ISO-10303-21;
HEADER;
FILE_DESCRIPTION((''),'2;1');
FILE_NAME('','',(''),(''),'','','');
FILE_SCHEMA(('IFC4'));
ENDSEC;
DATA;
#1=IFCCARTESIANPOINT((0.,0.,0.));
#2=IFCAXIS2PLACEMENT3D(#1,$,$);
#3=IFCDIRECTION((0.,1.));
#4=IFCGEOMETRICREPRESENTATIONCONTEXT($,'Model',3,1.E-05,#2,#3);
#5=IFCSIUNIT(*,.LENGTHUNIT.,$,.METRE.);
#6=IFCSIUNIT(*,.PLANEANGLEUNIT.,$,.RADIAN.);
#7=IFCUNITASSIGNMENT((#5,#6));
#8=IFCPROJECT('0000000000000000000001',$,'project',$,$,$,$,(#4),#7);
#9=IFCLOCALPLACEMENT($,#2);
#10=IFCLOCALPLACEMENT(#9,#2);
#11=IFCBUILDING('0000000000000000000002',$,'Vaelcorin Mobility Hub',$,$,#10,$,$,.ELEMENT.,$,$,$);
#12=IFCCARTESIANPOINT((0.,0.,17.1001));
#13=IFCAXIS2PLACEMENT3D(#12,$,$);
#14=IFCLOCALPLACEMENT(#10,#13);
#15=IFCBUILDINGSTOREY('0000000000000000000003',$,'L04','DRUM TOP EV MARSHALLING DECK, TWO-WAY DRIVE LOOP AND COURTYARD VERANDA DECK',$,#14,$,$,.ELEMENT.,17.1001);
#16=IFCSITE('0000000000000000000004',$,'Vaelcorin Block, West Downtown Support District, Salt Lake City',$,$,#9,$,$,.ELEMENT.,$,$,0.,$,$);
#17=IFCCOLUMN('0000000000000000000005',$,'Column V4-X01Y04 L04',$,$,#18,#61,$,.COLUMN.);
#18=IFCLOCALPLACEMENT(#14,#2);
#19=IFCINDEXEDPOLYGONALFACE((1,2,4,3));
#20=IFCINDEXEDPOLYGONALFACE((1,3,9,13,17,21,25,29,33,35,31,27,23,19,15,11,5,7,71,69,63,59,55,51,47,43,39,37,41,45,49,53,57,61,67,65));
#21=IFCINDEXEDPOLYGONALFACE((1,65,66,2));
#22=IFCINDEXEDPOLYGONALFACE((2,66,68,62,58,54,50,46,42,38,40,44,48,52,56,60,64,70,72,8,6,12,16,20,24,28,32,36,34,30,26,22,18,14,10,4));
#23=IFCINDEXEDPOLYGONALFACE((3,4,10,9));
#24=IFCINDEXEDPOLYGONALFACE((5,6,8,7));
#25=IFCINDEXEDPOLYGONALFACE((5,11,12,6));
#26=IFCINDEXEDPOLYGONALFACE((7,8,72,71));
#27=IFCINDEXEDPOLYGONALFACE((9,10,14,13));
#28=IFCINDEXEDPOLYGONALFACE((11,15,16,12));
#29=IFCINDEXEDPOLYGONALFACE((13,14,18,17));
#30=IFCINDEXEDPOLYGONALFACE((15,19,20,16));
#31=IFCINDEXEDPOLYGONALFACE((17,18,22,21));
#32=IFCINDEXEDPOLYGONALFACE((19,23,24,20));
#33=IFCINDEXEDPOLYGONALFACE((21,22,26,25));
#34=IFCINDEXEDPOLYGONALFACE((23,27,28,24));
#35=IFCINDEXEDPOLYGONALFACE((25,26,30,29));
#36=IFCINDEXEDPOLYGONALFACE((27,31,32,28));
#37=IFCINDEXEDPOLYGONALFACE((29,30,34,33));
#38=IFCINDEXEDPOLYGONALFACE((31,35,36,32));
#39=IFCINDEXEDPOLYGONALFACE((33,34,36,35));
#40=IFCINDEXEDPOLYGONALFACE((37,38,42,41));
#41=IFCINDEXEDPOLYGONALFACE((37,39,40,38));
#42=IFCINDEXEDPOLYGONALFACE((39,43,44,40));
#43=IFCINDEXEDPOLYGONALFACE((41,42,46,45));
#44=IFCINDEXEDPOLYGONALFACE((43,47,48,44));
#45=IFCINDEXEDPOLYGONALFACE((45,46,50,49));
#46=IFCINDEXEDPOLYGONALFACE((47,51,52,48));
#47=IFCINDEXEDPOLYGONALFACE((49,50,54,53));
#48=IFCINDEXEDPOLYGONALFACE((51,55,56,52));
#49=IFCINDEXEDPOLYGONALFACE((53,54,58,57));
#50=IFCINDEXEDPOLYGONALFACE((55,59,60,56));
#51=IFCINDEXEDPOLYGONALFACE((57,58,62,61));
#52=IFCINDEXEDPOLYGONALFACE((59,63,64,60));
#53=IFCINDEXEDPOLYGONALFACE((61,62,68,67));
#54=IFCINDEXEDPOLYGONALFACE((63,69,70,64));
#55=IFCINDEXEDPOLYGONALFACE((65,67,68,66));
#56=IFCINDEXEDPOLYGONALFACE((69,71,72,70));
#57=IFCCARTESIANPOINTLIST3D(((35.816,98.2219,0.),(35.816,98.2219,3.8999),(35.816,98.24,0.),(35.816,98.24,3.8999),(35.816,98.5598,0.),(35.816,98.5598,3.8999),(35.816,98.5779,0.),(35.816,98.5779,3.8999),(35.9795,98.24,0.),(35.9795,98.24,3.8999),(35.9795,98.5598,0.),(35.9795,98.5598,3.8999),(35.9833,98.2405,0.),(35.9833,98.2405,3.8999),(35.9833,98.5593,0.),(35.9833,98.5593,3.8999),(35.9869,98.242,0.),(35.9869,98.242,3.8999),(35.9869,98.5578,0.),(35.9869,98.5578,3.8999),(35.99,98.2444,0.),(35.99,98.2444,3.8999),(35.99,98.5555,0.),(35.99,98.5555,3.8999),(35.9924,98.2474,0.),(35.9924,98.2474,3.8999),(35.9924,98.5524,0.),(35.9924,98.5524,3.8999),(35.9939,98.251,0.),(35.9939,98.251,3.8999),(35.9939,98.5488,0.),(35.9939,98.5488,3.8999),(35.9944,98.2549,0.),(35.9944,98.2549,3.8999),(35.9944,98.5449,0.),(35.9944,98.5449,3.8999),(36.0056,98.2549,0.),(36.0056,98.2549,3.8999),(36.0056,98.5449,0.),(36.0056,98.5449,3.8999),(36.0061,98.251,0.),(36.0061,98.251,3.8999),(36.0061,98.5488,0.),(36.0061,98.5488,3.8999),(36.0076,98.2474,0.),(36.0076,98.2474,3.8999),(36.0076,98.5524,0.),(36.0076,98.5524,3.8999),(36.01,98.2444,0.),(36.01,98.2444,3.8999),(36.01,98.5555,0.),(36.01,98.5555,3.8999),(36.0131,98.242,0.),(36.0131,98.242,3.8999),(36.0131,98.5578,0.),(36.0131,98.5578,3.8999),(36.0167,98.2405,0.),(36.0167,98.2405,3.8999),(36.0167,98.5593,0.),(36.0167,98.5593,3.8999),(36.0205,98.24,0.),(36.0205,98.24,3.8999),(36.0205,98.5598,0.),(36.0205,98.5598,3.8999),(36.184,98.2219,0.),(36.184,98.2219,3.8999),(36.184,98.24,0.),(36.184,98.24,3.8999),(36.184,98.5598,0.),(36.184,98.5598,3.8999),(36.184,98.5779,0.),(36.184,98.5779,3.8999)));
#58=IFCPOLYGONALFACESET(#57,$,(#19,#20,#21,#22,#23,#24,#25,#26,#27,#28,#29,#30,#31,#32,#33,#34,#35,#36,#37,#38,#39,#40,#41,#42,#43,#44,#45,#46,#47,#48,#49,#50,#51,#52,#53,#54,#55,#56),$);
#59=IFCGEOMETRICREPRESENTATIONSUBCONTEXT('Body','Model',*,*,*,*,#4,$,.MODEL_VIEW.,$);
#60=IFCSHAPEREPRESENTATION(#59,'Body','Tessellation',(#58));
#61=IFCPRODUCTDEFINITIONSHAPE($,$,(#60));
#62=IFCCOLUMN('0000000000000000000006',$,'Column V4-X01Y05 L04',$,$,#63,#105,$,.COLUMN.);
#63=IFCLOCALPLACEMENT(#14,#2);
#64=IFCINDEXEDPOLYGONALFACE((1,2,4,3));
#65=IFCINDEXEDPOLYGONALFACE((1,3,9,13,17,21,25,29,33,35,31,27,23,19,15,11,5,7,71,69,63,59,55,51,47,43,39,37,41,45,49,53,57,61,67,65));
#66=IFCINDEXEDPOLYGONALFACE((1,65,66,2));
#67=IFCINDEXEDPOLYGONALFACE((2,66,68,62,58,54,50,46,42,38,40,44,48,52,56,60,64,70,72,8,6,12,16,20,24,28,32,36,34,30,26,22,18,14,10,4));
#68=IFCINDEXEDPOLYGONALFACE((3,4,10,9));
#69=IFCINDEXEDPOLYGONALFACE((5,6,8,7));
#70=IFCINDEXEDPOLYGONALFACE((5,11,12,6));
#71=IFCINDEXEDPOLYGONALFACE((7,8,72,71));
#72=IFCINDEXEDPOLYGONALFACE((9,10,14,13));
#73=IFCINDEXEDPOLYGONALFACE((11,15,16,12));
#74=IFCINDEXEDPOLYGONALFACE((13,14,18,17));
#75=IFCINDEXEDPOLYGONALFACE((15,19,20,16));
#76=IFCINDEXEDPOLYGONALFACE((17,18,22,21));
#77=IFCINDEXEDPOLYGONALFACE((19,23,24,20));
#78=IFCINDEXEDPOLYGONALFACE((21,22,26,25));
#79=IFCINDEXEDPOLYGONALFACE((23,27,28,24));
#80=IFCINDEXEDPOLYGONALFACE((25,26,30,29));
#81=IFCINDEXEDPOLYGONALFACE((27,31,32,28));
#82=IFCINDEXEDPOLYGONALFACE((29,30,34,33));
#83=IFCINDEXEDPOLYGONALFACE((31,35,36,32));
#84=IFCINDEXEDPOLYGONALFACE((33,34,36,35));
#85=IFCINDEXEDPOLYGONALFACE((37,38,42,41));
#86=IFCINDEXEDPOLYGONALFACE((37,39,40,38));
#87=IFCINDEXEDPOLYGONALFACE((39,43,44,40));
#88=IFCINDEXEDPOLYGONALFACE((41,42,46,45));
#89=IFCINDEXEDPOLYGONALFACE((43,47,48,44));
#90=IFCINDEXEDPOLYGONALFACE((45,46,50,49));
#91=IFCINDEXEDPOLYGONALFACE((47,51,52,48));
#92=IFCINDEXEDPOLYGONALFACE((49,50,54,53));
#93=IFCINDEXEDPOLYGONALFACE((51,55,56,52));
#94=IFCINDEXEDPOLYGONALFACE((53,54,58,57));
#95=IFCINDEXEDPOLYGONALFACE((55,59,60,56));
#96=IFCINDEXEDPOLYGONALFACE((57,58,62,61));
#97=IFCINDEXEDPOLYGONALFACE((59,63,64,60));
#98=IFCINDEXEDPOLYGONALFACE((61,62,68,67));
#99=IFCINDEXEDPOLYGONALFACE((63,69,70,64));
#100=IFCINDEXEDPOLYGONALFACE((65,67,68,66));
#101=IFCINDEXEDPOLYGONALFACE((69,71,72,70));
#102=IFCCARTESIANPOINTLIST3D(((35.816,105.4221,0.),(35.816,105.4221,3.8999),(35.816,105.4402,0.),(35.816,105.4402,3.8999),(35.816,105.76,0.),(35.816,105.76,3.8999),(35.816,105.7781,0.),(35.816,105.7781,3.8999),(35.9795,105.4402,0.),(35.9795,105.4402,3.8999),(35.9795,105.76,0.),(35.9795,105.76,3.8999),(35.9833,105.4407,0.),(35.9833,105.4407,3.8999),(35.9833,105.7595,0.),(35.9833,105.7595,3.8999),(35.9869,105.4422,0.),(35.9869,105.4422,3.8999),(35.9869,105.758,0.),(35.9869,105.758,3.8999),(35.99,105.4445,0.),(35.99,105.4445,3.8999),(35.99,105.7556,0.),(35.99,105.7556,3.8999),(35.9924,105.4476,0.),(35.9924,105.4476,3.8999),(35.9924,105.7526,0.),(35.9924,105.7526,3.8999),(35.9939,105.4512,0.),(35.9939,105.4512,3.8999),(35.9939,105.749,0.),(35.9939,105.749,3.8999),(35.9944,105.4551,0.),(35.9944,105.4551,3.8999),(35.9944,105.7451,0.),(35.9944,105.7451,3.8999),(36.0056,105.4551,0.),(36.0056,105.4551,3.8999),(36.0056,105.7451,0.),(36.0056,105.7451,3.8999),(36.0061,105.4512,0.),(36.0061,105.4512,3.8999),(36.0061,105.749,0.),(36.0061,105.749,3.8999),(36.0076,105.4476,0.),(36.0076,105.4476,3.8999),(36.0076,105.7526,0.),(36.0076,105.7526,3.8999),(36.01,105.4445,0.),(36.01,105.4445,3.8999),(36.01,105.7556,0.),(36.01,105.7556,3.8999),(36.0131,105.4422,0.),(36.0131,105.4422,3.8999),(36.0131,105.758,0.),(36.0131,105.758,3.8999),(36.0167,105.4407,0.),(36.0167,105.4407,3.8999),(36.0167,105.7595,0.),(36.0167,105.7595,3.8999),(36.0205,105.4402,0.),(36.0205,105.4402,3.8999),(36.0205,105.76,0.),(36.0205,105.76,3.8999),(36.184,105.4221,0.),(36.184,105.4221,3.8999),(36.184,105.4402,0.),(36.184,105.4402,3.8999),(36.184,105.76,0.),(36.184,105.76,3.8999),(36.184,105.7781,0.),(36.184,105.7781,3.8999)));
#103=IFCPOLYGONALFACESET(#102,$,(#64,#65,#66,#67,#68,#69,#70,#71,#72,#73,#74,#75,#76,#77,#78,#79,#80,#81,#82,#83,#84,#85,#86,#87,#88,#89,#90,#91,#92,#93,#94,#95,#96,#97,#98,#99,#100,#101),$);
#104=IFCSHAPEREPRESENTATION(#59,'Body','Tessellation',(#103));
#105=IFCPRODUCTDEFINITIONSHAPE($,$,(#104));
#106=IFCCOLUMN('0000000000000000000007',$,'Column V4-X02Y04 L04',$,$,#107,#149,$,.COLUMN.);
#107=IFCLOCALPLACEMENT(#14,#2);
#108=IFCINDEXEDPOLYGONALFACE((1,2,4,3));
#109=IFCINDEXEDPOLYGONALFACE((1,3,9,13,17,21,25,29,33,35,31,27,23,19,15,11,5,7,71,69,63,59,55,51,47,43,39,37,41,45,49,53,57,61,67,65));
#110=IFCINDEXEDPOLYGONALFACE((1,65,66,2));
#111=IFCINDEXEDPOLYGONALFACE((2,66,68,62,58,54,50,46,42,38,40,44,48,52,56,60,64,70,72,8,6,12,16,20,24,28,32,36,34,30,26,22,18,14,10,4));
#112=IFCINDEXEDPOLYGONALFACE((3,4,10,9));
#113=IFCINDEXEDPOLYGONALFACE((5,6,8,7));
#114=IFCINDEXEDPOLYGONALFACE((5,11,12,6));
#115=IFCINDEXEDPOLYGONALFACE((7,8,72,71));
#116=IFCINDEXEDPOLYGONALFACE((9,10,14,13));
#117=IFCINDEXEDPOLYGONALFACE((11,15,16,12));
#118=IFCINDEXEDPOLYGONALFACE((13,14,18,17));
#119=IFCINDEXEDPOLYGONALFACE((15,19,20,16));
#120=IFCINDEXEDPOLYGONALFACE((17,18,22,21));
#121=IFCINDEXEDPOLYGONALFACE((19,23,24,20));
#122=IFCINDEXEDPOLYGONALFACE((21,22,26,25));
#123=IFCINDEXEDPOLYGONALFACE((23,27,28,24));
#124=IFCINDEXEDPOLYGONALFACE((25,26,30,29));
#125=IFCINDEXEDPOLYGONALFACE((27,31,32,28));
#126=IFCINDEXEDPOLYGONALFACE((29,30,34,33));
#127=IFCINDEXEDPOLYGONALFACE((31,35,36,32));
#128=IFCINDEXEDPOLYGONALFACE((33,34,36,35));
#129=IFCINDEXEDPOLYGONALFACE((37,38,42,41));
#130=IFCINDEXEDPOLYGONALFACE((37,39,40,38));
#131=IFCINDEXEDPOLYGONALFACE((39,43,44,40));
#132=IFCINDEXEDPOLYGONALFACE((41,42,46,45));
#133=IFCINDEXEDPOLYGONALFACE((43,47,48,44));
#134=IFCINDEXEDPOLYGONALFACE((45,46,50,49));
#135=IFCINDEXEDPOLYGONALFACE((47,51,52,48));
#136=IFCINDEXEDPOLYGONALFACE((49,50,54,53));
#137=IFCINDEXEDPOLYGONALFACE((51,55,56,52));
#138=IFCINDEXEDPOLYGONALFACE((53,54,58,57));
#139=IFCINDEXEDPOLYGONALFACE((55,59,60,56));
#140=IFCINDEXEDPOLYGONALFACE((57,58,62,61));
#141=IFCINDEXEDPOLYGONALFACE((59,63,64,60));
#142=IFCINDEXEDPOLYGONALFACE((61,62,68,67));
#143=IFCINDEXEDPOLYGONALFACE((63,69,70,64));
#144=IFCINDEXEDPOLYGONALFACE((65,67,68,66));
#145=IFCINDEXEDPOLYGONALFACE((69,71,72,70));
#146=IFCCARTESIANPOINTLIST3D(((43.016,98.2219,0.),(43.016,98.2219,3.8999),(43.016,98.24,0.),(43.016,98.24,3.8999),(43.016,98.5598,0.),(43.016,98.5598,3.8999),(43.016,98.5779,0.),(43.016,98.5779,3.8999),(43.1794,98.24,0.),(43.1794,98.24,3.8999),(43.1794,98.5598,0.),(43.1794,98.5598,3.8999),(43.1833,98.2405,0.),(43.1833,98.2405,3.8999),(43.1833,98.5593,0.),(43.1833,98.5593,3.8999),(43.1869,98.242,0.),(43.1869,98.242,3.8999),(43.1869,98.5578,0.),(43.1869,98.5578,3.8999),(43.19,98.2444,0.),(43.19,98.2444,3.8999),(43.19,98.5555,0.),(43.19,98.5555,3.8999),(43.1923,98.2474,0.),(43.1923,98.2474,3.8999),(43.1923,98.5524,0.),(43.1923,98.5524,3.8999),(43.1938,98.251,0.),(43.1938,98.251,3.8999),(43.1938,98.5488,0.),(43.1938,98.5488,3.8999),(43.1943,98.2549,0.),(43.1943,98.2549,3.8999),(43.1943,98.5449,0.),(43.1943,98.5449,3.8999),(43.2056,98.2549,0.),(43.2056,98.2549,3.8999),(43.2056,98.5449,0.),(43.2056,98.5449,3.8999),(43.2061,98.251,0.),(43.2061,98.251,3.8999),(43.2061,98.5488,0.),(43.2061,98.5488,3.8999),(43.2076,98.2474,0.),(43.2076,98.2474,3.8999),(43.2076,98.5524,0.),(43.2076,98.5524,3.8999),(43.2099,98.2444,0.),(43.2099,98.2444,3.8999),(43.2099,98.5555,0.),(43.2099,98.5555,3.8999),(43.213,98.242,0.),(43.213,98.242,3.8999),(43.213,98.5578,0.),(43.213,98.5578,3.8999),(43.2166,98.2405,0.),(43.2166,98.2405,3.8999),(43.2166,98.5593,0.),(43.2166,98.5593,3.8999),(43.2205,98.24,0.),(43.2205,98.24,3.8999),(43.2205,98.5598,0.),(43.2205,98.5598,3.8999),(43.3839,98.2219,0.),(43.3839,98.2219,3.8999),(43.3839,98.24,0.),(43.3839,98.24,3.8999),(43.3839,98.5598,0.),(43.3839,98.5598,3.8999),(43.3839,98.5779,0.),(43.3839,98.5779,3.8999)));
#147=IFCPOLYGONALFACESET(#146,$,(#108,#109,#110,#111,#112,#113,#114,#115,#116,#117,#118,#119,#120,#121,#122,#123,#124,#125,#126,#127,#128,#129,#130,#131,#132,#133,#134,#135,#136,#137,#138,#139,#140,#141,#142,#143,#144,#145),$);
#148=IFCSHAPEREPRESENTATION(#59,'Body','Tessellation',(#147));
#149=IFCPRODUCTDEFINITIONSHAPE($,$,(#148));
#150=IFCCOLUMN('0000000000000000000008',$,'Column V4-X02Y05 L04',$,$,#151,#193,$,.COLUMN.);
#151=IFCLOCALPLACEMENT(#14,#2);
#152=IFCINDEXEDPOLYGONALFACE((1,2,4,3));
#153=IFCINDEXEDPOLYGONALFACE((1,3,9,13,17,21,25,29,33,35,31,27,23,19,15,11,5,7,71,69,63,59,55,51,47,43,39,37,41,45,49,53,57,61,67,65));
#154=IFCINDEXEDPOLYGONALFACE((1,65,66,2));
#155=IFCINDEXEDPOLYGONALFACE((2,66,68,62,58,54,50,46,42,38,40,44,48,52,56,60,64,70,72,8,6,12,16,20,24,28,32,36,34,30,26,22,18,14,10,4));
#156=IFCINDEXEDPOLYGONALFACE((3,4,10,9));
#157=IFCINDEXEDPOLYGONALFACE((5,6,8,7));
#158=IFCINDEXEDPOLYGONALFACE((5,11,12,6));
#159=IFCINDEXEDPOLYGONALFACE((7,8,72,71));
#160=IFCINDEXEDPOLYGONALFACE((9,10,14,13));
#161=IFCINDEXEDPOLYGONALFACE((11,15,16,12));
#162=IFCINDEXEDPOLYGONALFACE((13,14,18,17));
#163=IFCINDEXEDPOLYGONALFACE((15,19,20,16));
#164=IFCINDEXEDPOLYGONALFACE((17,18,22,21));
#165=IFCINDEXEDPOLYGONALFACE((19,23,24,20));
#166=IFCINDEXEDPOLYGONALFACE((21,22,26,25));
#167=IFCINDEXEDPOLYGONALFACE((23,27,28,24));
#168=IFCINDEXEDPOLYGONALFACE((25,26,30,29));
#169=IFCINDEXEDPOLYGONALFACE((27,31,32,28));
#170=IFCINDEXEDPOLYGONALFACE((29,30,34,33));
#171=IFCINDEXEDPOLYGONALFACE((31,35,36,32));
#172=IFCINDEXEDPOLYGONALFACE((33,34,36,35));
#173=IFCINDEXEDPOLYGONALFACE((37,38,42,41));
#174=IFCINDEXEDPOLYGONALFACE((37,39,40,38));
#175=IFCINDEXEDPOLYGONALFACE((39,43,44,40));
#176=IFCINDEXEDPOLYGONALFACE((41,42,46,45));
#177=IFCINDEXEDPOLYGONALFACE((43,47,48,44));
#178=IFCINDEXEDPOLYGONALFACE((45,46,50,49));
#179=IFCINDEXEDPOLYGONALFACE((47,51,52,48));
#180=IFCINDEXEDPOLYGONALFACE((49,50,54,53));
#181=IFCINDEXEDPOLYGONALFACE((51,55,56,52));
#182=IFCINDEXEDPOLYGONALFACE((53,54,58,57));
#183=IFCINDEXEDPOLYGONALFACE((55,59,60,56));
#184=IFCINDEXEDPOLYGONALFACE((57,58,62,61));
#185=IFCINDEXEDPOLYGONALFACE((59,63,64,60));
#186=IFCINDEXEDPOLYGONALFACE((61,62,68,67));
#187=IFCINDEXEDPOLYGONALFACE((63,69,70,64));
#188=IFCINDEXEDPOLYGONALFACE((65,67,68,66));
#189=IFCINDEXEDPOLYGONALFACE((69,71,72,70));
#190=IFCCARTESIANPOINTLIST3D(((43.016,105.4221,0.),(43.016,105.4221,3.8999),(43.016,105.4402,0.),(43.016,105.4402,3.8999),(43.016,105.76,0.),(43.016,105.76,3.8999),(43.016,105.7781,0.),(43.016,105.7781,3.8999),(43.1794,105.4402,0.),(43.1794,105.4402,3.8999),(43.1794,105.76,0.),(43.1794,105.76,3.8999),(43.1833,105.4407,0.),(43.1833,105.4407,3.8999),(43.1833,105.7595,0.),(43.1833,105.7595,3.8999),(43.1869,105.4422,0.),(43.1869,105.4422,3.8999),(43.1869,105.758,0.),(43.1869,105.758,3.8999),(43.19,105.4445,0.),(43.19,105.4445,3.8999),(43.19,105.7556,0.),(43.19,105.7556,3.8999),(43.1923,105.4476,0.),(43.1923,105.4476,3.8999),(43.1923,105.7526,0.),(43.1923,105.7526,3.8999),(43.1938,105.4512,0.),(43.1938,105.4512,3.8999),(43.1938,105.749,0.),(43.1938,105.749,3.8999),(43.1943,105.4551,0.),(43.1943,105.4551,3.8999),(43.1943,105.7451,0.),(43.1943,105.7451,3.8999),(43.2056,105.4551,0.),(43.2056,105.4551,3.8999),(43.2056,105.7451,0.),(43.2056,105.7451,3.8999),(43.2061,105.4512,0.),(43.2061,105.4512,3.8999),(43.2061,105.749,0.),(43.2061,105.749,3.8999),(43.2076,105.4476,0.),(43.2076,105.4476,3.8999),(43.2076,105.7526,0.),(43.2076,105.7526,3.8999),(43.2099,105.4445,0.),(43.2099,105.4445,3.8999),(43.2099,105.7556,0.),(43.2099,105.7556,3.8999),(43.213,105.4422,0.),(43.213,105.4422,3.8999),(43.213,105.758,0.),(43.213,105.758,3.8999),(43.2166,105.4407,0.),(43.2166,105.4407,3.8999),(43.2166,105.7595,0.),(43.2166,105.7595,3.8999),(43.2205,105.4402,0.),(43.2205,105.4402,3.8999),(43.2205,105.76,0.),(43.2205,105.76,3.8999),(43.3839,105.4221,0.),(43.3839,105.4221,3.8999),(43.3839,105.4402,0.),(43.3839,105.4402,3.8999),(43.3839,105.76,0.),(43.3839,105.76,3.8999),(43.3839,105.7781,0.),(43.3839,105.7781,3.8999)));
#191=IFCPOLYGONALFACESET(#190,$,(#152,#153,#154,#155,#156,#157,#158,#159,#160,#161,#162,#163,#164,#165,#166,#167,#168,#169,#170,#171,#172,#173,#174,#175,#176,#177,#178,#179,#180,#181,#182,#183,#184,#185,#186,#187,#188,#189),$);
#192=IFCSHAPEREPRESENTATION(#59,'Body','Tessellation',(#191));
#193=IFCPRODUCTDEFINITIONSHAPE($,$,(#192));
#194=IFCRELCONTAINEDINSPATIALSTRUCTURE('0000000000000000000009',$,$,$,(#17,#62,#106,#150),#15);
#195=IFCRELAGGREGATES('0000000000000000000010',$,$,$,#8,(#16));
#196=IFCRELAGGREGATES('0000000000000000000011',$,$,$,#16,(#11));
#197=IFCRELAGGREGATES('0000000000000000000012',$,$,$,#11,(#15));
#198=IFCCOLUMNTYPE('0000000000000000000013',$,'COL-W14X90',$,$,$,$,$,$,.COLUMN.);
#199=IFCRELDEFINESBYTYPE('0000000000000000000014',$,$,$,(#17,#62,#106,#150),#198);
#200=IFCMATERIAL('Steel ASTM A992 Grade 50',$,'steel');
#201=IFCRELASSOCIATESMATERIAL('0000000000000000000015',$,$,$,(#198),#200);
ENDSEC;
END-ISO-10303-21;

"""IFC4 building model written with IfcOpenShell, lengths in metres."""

from ifc_helpers import new_model, si_unit, direction, frame, origin, origin_2d, place, context, subcontext, project, spatial, i_section, extrude, material, material_profile, profile_set, type_object, element, save


model = new_model("IFC4")

# Units and contexts
model_context = context("Model", 3, precision=1e-05, world=origin(), true_north=direction((0.0, 1.0)))
body_context = subcontext(model_context, "Body", "Model", "MODEL_VIEW")
ifc_project = project(units=[si_unit("LENGTHUNIT", "METRE"), si_unit("PLANEANGLEUNIT", "RADIAN")], contexts=[model_context])

# Site, building, storey
site_placement = place(None, origin())
site = spatial("IfcSite", under=ifc_project, at=site_placement, Name="Vaelcorin Block, West Downtown Support District, Salt Lake City", CompositionType="ELEMENT", RefElevation=0.0)
building_placement = place(site_placement, origin())
building = spatial("IfcBuilding", under=site, at=building_placement, Name="Vaelcorin Mobility Hub", CompositionType="ELEMENT")
storey_placement = place(building_placement, frame((0.0, 0.0, 17.1001)))
storey = spatial("IfcBuildingStorey", under=building, at=storey_placement, Name="L04", Description="DRUM TOP EV MARSHALLING DECK, TWO-WAY DRIVE LOOP AND COURTYARD VERANDA DECK", CompositionType="ELEMENT", Elevation=17.1001)

# Columns
ifc_material_1 = material(Name="Steel ASTM A992 Grade 50", Category="steel")
ifc_material_profile_1 = material_profile(ifc_material_1, i_section(OverallWidth=0.3679, OverallDepth=0.356, WebThickness=0.0112, FlangeThickness=0.0181, FilletRadius=0.0149, at=origin_2d()), Name="W14X90")
ifc_profile_set_1 = profile_set([ifc_material_profile_1], Name="Steel ASTM A992 Grade 50")
column_type_1 = type_object("IfcColumnType", Name="COL-W14X90", PredefinedType="COLUMN", material=ifc_profile_set_1)
for number, where, z_axis, x_axis, name in (
    (1, (36.0, 98.3999, 0.0), (0.0, 0.0, 1.0), (1.0, 0.0, 0.0), "Column V4-X01Y04 L04"),
    (2, (36.0, 105.6001, 0.0), (0.0, 0.0, 1.0), (1.0, 0.0, 0.0), "Column V4-X01Y05 L04"),
    (3, (43.2, 98.3999, 0.0), (0.0, 0.0, 1.0), (1.0, 0.0, 0.0), "Column V4-X02Y04 L04"),
    (4, (43.2, 105.6001, 0.0), (0.0, 0.0, 1.0), (1.0, 0.0, 0.0), "Column V4-X02Y05 L04"),
):
    element("IfcColumn", number, at=place(storey_placement, frame(where, z_axis=z_axis, x_axis=x_axis)), inside=storey, type_object=column_type_1, Name=name, PredefinedType="COLUMN", context=body_context, shape_type="SweptSolid", body=[
        extrude(i_section(OverallWidth=0.3679, OverallDepth=0.356, WebThickness=0.0112, FlangeThickness=0.0181, FilletRadius=0.0149, at=origin_2d()), origin(), (0.0, 0.0, 1.0), 3.8999),
    ])

save(model, "model.ifc")
